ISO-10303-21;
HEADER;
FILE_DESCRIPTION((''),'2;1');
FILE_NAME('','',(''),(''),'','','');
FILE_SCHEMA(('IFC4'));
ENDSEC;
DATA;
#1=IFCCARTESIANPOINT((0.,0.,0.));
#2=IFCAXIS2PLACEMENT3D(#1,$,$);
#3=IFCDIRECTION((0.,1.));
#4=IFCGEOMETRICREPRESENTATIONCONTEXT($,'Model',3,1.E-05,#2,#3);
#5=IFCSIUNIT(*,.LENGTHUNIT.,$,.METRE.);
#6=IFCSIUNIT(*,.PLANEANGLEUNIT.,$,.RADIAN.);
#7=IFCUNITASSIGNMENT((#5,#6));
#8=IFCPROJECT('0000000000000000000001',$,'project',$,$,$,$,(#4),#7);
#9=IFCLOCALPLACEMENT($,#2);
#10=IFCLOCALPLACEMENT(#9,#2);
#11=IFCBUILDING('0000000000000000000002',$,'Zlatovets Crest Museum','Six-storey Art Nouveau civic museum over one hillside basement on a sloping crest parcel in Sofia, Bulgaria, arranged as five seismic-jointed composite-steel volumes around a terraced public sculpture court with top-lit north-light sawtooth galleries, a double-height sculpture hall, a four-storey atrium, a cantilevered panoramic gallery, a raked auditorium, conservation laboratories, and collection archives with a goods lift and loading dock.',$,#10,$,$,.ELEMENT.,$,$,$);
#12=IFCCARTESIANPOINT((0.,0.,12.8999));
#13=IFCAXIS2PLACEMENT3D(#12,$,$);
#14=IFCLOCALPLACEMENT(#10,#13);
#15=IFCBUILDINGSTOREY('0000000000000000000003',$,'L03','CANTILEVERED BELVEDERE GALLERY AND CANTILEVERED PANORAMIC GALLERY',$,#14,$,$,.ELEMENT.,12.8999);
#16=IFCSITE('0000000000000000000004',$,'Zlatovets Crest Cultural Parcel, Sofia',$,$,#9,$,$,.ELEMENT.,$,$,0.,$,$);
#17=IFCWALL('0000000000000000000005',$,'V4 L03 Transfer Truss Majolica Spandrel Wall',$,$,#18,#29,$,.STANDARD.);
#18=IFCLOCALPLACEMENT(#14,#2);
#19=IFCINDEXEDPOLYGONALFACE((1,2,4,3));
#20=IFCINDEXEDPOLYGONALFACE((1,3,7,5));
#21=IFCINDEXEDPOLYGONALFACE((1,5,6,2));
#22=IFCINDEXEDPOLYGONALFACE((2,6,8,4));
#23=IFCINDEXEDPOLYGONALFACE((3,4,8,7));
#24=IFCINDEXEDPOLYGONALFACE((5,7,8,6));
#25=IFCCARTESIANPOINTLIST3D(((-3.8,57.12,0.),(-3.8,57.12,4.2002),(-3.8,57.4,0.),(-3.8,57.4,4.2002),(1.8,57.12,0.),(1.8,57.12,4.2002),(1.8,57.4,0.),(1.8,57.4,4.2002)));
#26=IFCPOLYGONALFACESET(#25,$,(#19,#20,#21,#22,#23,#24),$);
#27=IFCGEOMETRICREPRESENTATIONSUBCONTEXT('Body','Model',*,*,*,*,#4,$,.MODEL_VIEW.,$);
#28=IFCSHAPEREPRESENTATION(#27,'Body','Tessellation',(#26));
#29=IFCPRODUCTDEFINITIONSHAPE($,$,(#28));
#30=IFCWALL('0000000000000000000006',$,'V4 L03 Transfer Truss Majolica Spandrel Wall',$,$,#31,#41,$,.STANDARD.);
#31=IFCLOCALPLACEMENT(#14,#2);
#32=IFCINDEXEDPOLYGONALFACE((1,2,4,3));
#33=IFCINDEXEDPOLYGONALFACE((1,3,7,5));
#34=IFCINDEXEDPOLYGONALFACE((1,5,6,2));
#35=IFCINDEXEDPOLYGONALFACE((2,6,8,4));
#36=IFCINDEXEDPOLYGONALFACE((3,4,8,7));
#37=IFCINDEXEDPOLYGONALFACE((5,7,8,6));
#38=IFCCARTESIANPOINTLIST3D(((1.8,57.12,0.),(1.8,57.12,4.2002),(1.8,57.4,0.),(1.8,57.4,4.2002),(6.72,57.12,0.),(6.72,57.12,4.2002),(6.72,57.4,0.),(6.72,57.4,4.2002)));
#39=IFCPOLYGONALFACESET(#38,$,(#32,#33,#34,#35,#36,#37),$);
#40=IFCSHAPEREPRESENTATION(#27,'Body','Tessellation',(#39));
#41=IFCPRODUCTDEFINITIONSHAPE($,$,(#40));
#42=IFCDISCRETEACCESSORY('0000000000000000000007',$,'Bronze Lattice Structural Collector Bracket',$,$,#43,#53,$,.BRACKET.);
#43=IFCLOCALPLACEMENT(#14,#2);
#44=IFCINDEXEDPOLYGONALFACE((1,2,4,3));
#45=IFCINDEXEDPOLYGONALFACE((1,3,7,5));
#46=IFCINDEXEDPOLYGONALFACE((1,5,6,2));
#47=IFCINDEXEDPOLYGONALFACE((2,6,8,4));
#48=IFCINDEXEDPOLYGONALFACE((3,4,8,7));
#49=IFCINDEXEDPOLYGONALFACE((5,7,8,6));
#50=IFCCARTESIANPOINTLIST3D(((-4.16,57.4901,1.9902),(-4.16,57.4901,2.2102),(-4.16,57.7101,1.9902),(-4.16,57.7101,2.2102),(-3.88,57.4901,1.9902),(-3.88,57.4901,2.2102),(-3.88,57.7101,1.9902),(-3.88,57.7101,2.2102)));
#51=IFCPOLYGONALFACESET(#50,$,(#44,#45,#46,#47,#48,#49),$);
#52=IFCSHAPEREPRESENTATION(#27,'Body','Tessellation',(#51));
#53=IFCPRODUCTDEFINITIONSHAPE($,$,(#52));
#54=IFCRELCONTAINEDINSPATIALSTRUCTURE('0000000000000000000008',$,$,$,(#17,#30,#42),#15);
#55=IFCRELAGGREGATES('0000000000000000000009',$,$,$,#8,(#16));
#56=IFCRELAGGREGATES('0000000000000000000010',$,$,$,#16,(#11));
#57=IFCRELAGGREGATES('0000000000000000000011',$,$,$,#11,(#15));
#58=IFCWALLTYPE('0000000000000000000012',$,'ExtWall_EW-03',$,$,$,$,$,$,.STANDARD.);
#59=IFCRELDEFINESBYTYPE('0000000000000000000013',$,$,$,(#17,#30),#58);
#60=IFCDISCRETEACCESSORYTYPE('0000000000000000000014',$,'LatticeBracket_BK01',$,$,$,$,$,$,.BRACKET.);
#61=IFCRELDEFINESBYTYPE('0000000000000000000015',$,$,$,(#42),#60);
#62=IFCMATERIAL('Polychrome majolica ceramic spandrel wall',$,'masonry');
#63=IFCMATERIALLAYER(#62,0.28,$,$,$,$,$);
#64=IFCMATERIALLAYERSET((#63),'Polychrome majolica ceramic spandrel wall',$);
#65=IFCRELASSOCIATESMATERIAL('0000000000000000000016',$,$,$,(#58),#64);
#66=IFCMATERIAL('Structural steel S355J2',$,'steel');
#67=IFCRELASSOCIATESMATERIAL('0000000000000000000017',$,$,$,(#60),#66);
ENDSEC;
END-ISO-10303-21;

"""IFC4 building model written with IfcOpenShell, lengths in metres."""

from ifc_helpers import new_model, si_unit, direction, frame, frame_2d, origin, origin_2d, place, context, subcontext, project, spatial, rectangle, extrude, material, layer, layer_set, type_object, element, save


model = new_model("IFC4")

# Units and contexts
model_context = context("Model", 3, precision=1e-05, world=origin(), true_north=direction((0.0, 1.0)))
body_context = subcontext(model_context, "Body", "Model", "MODEL_VIEW")
ifc_project = project(units=[si_unit("LENGTHUNIT", "METRE"), si_unit("PLANEANGLEUNIT", "RADIAN")], contexts=[model_context])

# Site, building, storey
site_placement = place(None, origin())
site = spatial("IfcSite", under=ifc_project, at=site_placement, Name="Zlatovets Crest Cultural Parcel, Sofia", CompositionType="ELEMENT", RefElevation=0.0)
building_placement = place(site_placement, origin())
building = spatial("IfcBuilding", under=site, at=building_placement, Name="Zlatovets Crest Museum", Description="Six-storey Art Nouveau civic museum over one hillside basement on a sloping crest parcel in Sofia, Bulgaria, arranged as five seismic-jointed composite-steel volumes around a terraced public sculpture court with top-lit north-light sawtooth galleries, a double-height sculpture hall, a four-storey atrium, a cantilevered panoramic gallery, a raked auditorium, conservation laboratories, and collection archives with a goods lift and loading dock.", CompositionType="ELEMENT")
storey_placement = place(building_placement, frame((0.0, 0.0, 12.8999)))
storey = spatial("IfcBuildingStorey", under=building, at=storey_placement, Name="L03", Description="CANTILEVERED BELVEDERE GALLERY AND CANTILEVERED PANORAMIC GALLERY", CompositionType="ELEMENT", Elevation=12.8999)

# Shared definitions
ifc_material_1 = material(Name="Structural steel S355J2", Category="steel")

# Walls
ifc_material_2 = material(Name="Polychrome majolica ceramic spandrel wall", Category="masonry")
ifc_layer_1 = layer(ifc_material_2, 0.28)
ifc_layer_set_1 = layer_set([ifc_layer_1], Name="Polychrome majolica ceramic spandrel wall")
wall_type_1 = type_object("IfcWallType", Name="ExtWall_EW-03", PredefinedType="STANDARD", material=ifc_layer_set_1)
wall_1_placement = place(storey_placement, frame((-3.8, 57.26, 0.0), z_axis=(0.0, 0.0, 1.0), x_axis=(1.0, 0.0, 0.0)))
element("IfcWall", 1, at=wall_1_placement, inside=storey, type_object=wall_type_1, Name="V4 L03 Transfer Truss Majolica Spandrel Wall", PredefinedType="STANDARD", context=body_context, shape_type="SweptSolid", body=[
    extrude(rectangle(XDim=5.6001, YDim=0.28, at=frame_2d((2.8, 0.0))), origin(), (0.0, 0.0, 1.0), 4.2002),
])
wall_2_placement = place(storey_placement, frame((1.8, 57.26, 0.0), z_axis=(0.0, 0.0, 1.0), x_axis=(1.0, 0.0, 0.0)))
element("IfcWall", 2, at=wall_2_placement, inside=storey, type_object=wall_type_1, Name="V4 L03 Transfer Truss Majolica Spandrel Wall", PredefinedType="STANDARD", context=body_context, shape_type="SweptSolid", body=[
    extrude(rectangle(XDim=4.9199, YDim=0.28, at=frame_2d((2.46, 0.0))), origin(), (0.0, 0.0, 1.0), 4.2002),
])

# Discrete accessory
discrete_accessory_type = type_object("IfcDiscreteAccessoryType", Name="LatticeBracket_BK01", PredefinedType="BRACKET", material=ifc_material_1)
discrete_accessory_placement = place(storey_placement, frame((-4.02, 57.6001, 1.9902), z_axis=(0.0, 0.0, 1.0), x_axis=(1.0, 0.0, 0.0)))
element("IfcDiscreteAccessory", 3, at=discrete_accessory_placement, inside=storey, type_object=discrete_accessory_type, Name="Bronze Lattice Structural Collector Bracket", PredefinedType="BRACKET", context=body_context, shape_type="SweptSolid", body=[
    extrude(rectangle(XDim=0.28, YDim=0.22, at=origin_2d()), origin(), (0.0, 0.0, 1.0), 0.22),
])

save(model, "model.ifc")
